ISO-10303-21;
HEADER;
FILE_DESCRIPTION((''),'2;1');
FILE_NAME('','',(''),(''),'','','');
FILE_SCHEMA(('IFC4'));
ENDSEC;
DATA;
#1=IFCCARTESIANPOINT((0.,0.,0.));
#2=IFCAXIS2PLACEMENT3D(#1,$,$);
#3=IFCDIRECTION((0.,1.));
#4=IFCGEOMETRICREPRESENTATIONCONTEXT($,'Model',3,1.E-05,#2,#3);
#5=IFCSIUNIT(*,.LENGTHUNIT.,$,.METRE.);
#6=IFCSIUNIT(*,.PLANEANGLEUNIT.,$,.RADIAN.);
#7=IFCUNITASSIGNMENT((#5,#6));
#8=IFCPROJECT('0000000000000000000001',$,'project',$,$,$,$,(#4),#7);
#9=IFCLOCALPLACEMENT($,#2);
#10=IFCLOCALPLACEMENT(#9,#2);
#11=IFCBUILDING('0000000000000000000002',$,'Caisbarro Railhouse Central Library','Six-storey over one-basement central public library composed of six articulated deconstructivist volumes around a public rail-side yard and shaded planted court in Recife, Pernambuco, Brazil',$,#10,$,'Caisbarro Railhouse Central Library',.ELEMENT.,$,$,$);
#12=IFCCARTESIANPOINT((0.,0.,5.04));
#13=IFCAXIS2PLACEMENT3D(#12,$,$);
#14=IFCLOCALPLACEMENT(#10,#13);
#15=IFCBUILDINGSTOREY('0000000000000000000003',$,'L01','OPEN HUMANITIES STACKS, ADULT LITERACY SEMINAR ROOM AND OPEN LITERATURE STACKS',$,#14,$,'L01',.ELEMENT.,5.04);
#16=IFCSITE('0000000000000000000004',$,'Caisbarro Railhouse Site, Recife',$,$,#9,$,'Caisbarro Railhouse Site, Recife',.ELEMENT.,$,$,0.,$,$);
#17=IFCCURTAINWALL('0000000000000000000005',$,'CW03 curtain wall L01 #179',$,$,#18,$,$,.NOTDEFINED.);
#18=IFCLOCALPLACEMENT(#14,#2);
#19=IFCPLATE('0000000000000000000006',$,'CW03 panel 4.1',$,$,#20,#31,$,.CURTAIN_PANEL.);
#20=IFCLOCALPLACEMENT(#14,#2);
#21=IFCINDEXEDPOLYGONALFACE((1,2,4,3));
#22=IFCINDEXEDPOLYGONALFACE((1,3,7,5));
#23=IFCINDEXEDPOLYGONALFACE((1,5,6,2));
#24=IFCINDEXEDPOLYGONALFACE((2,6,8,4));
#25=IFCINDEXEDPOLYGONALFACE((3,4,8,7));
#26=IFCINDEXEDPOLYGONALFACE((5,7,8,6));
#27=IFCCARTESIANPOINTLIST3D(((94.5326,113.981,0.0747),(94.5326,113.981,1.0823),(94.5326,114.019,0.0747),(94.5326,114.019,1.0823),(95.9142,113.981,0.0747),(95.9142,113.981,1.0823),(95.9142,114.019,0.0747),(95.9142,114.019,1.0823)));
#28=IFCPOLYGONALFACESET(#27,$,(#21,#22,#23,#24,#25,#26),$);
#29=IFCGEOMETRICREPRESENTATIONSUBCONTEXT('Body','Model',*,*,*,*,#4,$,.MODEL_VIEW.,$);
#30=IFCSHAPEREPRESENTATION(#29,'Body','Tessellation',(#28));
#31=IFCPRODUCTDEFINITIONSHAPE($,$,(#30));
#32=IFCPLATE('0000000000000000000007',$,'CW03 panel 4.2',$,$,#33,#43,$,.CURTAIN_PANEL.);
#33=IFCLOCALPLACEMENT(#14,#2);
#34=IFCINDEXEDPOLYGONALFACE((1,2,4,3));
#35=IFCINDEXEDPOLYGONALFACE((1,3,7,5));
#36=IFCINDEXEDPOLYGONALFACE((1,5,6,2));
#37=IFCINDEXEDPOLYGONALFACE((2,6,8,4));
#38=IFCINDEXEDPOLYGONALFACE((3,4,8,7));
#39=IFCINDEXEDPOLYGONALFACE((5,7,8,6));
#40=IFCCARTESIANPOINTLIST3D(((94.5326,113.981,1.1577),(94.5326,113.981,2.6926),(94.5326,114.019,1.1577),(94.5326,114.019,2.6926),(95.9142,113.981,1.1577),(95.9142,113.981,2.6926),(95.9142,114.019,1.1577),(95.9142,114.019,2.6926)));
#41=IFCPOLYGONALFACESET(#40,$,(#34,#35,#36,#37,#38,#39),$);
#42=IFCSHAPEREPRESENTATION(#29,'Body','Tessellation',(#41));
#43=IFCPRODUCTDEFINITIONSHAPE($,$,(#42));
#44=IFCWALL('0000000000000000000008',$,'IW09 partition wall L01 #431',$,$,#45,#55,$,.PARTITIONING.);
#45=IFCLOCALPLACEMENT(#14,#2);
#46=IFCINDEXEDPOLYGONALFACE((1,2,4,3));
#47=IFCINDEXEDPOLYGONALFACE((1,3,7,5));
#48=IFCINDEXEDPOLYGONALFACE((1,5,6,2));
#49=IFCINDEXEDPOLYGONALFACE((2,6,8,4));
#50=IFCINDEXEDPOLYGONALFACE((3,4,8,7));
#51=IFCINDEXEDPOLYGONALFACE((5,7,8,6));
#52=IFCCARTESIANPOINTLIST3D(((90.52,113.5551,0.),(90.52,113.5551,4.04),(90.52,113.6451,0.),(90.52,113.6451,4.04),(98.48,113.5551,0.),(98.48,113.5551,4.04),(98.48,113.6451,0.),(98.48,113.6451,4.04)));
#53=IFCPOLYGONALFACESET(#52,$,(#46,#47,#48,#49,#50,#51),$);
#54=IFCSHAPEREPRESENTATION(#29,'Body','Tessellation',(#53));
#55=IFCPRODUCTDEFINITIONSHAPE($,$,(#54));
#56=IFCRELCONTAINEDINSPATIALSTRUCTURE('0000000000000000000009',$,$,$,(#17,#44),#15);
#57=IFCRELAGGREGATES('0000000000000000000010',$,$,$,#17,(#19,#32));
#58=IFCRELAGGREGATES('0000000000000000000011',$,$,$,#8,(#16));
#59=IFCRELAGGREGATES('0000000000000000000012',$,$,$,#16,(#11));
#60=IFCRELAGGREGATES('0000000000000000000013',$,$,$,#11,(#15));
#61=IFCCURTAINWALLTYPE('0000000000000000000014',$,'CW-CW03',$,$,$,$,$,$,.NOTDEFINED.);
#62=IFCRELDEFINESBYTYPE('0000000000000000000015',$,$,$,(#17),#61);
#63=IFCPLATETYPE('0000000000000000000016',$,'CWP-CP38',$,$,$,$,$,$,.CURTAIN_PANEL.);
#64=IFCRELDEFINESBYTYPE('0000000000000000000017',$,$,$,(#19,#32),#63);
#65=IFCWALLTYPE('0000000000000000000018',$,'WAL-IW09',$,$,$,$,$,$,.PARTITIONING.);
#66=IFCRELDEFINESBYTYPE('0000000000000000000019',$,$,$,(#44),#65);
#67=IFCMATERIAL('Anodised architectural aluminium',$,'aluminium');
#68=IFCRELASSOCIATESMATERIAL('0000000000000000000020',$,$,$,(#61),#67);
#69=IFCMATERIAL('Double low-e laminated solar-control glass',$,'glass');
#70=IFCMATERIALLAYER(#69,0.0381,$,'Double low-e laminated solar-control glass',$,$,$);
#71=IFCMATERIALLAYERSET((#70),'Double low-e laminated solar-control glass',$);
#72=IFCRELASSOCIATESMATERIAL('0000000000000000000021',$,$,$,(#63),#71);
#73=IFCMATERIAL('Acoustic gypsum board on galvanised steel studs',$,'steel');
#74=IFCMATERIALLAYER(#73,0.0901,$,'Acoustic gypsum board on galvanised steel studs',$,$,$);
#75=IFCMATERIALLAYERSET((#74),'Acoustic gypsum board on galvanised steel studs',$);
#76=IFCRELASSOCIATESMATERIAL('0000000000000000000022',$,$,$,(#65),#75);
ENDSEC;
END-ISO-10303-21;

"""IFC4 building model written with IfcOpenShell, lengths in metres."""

from ifc_helpers import new_model, si_unit, direction, frame, frame_2d, origin, origin_2d, place, context, subcontext, project, spatial, rectangle, extrude, material, layer, layer_set, type_object, element, aggregate, save


model = new_model("IFC4")

# Units and contexts
model_context = context("Model", 3, precision=1e-05, world=origin(), true_north=direction((0.0, 1.0)))
body_context = subcontext(model_context, "Body", "Model", "MODEL_VIEW")
ifc_project = project(units=[si_unit("LENGTHUNIT", "METRE"), si_unit("PLANEANGLEUNIT", "RADIAN")], contexts=[model_context])

# Site, building, storey
site_placement = place(None, origin())
site = spatial("IfcSite", under=ifc_project, at=site_placement, Name="Caisbarro Railhouse Site, Recife", LongName="Caisbarro Railhouse Site, Recife", CompositionType="ELEMENT", RefElevation=0.0)
building_placement = place(site_placement, origin())
building = spatial("IfcBuilding", under=site, at=building_placement, Name="Caisbarro Railhouse Central Library", Description="Six-storey over one-basement central public library composed of six articulated deconstructivist volumes around a public rail-side yard and shaded planted court in Recife, Pernambuco, Brazil", LongName="Caisbarro Railhouse Central Library", CompositionType="ELEMENT")
storey_placement = place(building_placement, frame((0.0, 0.0, 5.04)))
storey = spatial("IfcBuildingStorey", under=building, at=storey_placement, Name="L01", Description="OPEN HUMANITIES STACKS, ADULT LITERACY SEMINAR ROOM AND OPEN LITERATURE STACKS", LongName="L01", CompositionType="ELEMENT", Elevation=5.04)

# Curtain wall, plates
ifc_material_1 = material(Name="Anodised architectural aluminium", Category="aluminium")
curtain_wall_type = type_object("IfcCurtainWallType", Name="CW-CW03", PredefinedType="NOTDEFINED", material=ifc_material_1)
curtain_wall_placement = place(storey_placement, origin())
curtain_wall = element("IfcCurtainWall", 1, at=curtain_wall_placement, inside=storey, type_object=curtain_wall_type, Name="CW03 curtain wall L01 #179", PredefinedType="NOTDEFINED")
ifc_material_2 = material(Name="Double low-e laminated solar-control glass", Category="glass")
ifc_layer_1 = layer(ifc_material_2, 0.0381, Name="Double low-e laminated solar-control glass")
ifc_layer_set_1 = layer_set([ifc_layer_1], Name="Double low-e laminated solar-control glass")
plate_type = type_object("IfcPlateType", Name="CWP-CP38", PredefinedType="CURTAIN_PANEL", material=ifc_layer_set_1)
plate_1_placement = place(storey_placement, frame((95.2234, 114.0, 0.0747), z_axis=(0.0, 0.0, 1.0), x_axis=(1.0, 0.0, 0.0)))
plate_1 = element("IfcPlate", 2, at=plate_1_placement, type_object=plate_type, Name="CW03 panel 4.1", PredefinedType="CURTAIN_PANEL", context=body_context, shape_type="SweptSolid", body=[
    extrude(rectangle(XDim=1.3816, YDim=0.0381, at=origin_2d()), origin(), (0.0, 0.0, 1.0), 1.0076),
])
plate_2_placement = place(storey_placement, frame((95.2234, 114.0, 1.1577), z_axis=(0.0, 0.0, 1.0), x_axis=(1.0, 0.0, 0.0)))
plate_2 = element("IfcPlate", 3, at=plate_2_placement, type_object=plate_type, Name="CW03 panel 4.2", PredefinedType="CURTAIN_PANEL", context=body_context, shape_type="SweptSolid", body=[
    extrude(rectangle(XDim=1.3816, YDim=0.0381, at=origin_2d()), origin(), (0.0, 0.0, 1.0), 1.5349),
])
aggregate(curtain_wall, [plate_1, plate_2])

# Wall
ifc_material_3 = material(Name="Acoustic gypsum board on galvanised steel studs", Category="steel")
ifc_layer_2 = layer(ifc_material_3, 0.0901, Name="Acoustic gypsum board on galvanised steel studs")
ifc_layer_set_2 = layer_set([ifc_layer_2], Name="Acoustic gypsum board on galvanised steel studs")
wall_type = type_object("IfcWallType", Name="WAL-IW09", PredefinedType="PARTITIONING", material=ifc_layer_set_2)
wall_placement = place(storey_placement, frame((90.52, 113.6001, 0.0), z_axis=(0.0, 0.0, 1.0), x_axis=(1.0, 0.0, 0.0)))
element("IfcWall", 4, at=wall_placement, inside=storey, type_object=wall_type, Name="IW09 partition wall L01 #431", PredefinedType="PARTITIONING", context=body_context, shape_type="SweptSolid", body=[
    extrude(rectangle(XDim=7.96, YDim=0.0901, at=frame_2d((3.98, 0.0))), origin(), (0.0, 0.0, 1.0), 4.04),
])

save(model, "model.ifc")
